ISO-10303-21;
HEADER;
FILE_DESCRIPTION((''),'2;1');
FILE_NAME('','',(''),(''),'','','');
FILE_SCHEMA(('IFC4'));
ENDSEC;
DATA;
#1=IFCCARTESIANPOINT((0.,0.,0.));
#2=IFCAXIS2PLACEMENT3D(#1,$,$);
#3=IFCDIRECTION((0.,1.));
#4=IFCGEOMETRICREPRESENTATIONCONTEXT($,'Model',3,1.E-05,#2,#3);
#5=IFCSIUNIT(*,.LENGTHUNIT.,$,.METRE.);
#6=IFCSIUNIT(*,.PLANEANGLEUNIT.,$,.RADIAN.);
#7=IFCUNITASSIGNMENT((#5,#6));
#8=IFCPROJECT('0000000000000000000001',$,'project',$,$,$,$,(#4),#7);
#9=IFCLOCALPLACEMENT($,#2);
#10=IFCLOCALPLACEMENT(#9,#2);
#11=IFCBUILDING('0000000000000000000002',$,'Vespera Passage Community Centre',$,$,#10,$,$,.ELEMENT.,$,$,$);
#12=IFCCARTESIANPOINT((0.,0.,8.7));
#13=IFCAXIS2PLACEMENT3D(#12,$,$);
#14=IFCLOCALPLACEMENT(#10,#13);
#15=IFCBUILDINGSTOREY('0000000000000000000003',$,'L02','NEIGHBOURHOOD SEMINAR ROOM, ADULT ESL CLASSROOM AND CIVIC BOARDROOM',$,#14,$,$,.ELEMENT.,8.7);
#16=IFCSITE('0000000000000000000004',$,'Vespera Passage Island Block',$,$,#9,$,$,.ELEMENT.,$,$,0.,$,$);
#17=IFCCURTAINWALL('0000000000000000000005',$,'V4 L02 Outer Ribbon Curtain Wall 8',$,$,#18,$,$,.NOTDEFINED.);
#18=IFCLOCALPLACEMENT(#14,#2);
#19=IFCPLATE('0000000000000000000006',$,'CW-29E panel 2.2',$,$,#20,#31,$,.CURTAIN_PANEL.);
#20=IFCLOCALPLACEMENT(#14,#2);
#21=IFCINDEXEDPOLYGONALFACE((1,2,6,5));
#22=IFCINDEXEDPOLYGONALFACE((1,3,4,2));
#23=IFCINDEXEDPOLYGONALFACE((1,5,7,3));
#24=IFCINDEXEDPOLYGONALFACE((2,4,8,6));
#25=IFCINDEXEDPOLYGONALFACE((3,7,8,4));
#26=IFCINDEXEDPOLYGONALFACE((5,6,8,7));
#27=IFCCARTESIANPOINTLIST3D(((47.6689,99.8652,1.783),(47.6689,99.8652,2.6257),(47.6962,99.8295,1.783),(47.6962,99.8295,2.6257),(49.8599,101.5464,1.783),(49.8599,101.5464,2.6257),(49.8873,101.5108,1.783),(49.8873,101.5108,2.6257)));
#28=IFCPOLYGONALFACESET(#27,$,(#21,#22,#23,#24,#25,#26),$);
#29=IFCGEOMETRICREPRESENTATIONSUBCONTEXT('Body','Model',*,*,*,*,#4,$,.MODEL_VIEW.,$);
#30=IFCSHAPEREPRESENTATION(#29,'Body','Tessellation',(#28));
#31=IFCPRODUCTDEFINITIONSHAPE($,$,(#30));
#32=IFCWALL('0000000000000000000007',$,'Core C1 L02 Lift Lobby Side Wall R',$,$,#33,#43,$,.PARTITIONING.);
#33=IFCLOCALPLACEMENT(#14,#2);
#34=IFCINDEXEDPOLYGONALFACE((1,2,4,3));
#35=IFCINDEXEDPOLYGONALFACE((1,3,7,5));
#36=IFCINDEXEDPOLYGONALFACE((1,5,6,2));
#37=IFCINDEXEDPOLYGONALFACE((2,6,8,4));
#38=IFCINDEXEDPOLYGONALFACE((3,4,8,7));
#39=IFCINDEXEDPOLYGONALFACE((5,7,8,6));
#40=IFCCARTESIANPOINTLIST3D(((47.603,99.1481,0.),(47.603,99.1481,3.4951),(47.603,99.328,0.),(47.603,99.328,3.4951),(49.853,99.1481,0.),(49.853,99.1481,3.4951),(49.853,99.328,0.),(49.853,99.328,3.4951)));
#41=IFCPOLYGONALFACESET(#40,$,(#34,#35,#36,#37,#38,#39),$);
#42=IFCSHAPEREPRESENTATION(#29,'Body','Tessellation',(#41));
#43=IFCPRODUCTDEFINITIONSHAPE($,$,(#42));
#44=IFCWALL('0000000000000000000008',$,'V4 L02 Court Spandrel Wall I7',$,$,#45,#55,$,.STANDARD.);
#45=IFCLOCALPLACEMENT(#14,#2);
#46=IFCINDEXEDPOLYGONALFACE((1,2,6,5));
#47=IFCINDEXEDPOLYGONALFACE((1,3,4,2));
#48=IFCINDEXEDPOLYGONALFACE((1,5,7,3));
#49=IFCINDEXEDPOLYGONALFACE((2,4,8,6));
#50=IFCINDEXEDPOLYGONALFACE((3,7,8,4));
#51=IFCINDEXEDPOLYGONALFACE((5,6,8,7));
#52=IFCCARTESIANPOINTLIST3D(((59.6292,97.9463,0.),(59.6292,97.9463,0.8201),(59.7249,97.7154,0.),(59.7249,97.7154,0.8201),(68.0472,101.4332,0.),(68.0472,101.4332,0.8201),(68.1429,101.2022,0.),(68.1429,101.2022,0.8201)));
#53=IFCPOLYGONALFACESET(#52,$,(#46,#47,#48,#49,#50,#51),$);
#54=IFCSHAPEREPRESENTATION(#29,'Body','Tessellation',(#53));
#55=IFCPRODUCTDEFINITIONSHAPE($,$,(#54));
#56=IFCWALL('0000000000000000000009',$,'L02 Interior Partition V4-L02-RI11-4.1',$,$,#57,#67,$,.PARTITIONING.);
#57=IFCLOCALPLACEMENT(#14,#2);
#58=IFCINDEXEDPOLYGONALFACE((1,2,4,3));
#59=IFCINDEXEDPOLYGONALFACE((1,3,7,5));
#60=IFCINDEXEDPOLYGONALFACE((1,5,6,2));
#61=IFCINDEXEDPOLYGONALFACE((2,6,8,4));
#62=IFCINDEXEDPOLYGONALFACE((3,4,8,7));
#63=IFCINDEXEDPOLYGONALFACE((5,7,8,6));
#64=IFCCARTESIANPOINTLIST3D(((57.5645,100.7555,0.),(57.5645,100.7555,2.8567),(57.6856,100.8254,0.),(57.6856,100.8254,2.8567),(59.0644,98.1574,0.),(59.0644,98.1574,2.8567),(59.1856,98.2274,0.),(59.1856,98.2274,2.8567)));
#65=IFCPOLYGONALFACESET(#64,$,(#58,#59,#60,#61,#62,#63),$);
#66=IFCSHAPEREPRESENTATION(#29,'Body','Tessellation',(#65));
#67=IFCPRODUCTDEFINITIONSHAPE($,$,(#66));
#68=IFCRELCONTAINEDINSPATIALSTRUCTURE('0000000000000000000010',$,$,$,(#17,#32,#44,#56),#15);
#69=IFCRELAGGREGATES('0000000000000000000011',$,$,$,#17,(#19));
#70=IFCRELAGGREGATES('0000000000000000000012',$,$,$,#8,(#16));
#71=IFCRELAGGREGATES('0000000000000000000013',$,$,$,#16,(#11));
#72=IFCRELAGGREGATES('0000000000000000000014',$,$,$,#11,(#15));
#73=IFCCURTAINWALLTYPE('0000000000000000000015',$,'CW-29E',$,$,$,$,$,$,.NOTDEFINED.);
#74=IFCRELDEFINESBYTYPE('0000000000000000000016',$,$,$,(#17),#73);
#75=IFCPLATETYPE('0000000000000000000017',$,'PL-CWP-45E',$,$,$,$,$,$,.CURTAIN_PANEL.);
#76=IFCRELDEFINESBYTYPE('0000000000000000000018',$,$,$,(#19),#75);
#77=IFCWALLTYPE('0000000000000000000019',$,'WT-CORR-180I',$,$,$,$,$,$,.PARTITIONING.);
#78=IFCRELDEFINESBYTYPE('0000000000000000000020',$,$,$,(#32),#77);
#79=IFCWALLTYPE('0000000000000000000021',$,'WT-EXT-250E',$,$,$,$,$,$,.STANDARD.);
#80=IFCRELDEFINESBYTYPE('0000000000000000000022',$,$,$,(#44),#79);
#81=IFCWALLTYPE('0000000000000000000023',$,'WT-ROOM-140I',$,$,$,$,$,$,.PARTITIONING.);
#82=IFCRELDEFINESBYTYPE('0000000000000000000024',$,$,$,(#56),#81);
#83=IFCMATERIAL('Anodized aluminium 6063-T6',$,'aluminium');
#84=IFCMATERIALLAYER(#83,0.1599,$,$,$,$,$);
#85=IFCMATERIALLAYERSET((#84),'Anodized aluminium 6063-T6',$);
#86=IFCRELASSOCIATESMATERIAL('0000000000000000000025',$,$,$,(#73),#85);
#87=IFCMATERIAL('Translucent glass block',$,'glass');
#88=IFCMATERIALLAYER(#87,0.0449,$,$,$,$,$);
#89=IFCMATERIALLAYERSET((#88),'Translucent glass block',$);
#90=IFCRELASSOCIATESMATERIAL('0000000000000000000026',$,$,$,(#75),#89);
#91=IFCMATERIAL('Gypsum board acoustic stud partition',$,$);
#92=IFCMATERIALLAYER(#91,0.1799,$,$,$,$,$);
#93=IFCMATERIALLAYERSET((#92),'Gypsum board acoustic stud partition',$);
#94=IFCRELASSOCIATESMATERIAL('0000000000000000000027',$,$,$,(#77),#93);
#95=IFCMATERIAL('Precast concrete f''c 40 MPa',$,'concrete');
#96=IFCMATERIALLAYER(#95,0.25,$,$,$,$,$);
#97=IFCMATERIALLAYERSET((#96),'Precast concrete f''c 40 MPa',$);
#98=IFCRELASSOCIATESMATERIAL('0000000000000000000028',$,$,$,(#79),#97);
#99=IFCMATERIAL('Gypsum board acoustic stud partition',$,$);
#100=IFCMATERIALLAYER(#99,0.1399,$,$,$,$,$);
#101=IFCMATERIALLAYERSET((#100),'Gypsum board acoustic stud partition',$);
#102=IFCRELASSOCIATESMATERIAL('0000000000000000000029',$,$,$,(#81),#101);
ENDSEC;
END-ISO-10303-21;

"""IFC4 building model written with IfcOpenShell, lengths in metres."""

from ifc_helpers import new_model, si_unit, direction, frame, frame_2d, origin, origin_2d, place, context, subcontext, project, spatial, rectangle, extrude, material, layer, layer_set, type_object, element, aggregate, save


model = new_model("IFC4")

# Units and contexts
model_context = context("Model", 3, precision=1e-05, world=origin(), true_north=direction((0.0, 1.0)))
body_context = subcontext(model_context, "Body", "Model", "MODEL_VIEW")
ifc_project = project(units=[si_unit("LENGTHUNIT", "METRE"), si_unit("PLANEANGLEUNIT", "RADIAN")], contexts=[model_context])

# Site, building, storey
site_placement = place(None, origin())
site = spatial("IfcSite", under=ifc_project, at=site_placement, Name="Vespera Passage Island Block", CompositionType="ELEMENT", RefElevation=0.0)
building_placement = place(site_placement, origin())
building = spatial("IfcBuilding", under=site, at=building_placement, Name="Vespera Passage Community Centre", CompositionType="ELEMENT")
storey_placement = place(building_placement, frame((0.0, 0.0, 8.7)))
storey = spatial("IfcBuildingStorey", under=building, at=storey_placement, Name="L02", Description="NEIGHBOURHOOD SEMINAR ROOM, ADULT ESL CLASSROOM AND CIVIC BOARDROOM", CompositionType="ELEMENT", Elevation=8.7)

# Curtain wall
ifc_material_1 = material(Name="Anodized aluminium 6063-T6", Category="aluminium")
ifc_layer_1 = layer(ifc_material_1, 0.1599)
ifc_layer_set_1 = layer_set([ifc_layer_1], Name="Anodized aluminium 6063-T6")
curtain_wall_type_1 = type_object("IfcCurtainWallType", Name="CW-29E", PredefinedType="NOTDEFINED", material=ifc_layer_set_1)
curtain_wall_1_placement = place(storey_placement, origin())
curtain_wall_1 = element("IfcCurtainWall", 1, at=curtain_wall_1_placement, inside=storey, type_object=curtain_wall_type_1, Name="V4 L02 Outer Ribbon Curtain Wall 8", PredefinedType="NOTDEFINED")

# Plate
ifc_material_2 = material(Name="Translucent glass block", Category="glass")
ifc_layer_2 = layer(ifc_material_2, 0.0449)
ifc_layer_set_2 = layer_set([ifc_layer_2], Name="Translucent glass block")
plate_type_1 = type_object("IfcPlateType", Name="PL-CWP-45E", PredefinedType="CURTAIN_PANEL", material=ifc_layer_set_2)
plate_1_placement = place(storey_placement, frame((48.7781, 100.688, 1.783), z_axis=(0.0, 0.0, 1.0), x_axis=(0.793348, 0.608768, 0.0)))
plate_1 = element("IfcPlate", 2, at=plate_1_placement, type_object=plate_type_1, Name="CW-29E panel 2.2", PredefinedType="CURTAIN_PANEL", context=body_context, shape_type="SweptSolid", body=[
    extrude(rectangle(XDim=2.7617, YDim=0.0449, at=origin_2d()), origin(), (0.0, 0.0, 1.0), 0.8428),
])
aggregate(curtain_wall_1, [plate_1])

# Walls
ifc_material_3 = material(Name="Gypsum board acoustic stud partition")
ifc_layer_3 = layer(ifc_material_3, 0.1799)
ifc_layer_set_3 = layer_set([ifc_layer_3], Name="Gypsum board acoustic stud partition")
wall_type_1 = type_object("IfcWallType", Name="WT-CORR-180I", PredefinedType="PARTITIONING", material=ifc_layer_set_3)
wall_1_placement = place(storey_placement, frame((47.603, 99.238, 0.0), z_axis=(0.0, 0.0, 1.0), x_axis=(1.0, 0.0, 0.0)))
element("IfcWall", 3, at=wall_1_placement, inside=storey, type_object=wall_type_1, Name="Core C1 L02 Lift Lobby Side Wall R", PredefinedType="PARTITIONING", context=body_context, shape_type="SweptSolid", body=[
    extrude(rectangle(XDim=2.25, YDim=0.1799, at=frame_2d((1.125, 0.0))), origin(), (0.0, 0.0, 1.0), 3.4951),
])
ifc_material_4 = material(Name="Precast concrete f'c 40 MPa", Category="concrete")
ifc_layer_4 = layer(ifc_material_4, 0.25)
ifc_layer_set_4 = layer_set([ifc_layer_4], Name="Precast concrete f'c 40 MPa")
wall_type_2 = type_object("IfcWallType", Name="WT-EXT-250E", PredefinedType="STANDARD", material=ifc_layer_set_4)
wall_2_placement = place(storey_placement, frame((68.095, 101.3176, 0.0), z_axis=(0.0, 0.0, 1.0), x_axis=(-0.92388, -0.382682, 0.0)))
element("IfcWall", 4, at=wall_2_placement, inside=storey, type_object=wall_type_2, Name="V4 L02 Court Spandrel Wall I7", PredefinedType="STANDARD", context=body_context, shape_type="SweptSolid", body=[
    extrude(rectangle(XDim=9.1116, YDim=0.25, at=frame_2d((4.5557, 0.0))), origin(), (0.0, 0.0, 1.0), 0.8201),
])
ifc_material_5 = material(Name="Gypsum board acoustic stud partition")
ifc_layer_5 = layer(ifc_material_5, 0.1399)
ifc_layer_set_5 = layer_set([ifc_layer_5], Name="Gypsum board acoustic stud partition")
wall_type_3 = type_object("IfcWallType", Name="WT-ROOM-140I", PredefinedType="PARTITIONING", material=ifc_layer_set_5)
wall_3_placement = place(storey_placement, frame((59.125, 98.1924, 0.0), z_axis=(0.0, 0.0, 1.0), x_axis=(-0.49999, 0.866031, 0.0)))
element("IfcWall", 5, at=wall_3_placement, inside=storey, type_object=wall_type_3, Name="L02 Interior Partition V4-L02-RI11-4.1", PredefinedType="PARTITIONING", context=body_context, shape_type="SweptSolid", body=[
    extrude(rectangle(XDim=3.0, YDim=0.1399, at=frame_2d((1.5, 0.0))), origin(), (0.0, 0.0, 1.0), 2.8567),
])

save(model, "model.ifc")
